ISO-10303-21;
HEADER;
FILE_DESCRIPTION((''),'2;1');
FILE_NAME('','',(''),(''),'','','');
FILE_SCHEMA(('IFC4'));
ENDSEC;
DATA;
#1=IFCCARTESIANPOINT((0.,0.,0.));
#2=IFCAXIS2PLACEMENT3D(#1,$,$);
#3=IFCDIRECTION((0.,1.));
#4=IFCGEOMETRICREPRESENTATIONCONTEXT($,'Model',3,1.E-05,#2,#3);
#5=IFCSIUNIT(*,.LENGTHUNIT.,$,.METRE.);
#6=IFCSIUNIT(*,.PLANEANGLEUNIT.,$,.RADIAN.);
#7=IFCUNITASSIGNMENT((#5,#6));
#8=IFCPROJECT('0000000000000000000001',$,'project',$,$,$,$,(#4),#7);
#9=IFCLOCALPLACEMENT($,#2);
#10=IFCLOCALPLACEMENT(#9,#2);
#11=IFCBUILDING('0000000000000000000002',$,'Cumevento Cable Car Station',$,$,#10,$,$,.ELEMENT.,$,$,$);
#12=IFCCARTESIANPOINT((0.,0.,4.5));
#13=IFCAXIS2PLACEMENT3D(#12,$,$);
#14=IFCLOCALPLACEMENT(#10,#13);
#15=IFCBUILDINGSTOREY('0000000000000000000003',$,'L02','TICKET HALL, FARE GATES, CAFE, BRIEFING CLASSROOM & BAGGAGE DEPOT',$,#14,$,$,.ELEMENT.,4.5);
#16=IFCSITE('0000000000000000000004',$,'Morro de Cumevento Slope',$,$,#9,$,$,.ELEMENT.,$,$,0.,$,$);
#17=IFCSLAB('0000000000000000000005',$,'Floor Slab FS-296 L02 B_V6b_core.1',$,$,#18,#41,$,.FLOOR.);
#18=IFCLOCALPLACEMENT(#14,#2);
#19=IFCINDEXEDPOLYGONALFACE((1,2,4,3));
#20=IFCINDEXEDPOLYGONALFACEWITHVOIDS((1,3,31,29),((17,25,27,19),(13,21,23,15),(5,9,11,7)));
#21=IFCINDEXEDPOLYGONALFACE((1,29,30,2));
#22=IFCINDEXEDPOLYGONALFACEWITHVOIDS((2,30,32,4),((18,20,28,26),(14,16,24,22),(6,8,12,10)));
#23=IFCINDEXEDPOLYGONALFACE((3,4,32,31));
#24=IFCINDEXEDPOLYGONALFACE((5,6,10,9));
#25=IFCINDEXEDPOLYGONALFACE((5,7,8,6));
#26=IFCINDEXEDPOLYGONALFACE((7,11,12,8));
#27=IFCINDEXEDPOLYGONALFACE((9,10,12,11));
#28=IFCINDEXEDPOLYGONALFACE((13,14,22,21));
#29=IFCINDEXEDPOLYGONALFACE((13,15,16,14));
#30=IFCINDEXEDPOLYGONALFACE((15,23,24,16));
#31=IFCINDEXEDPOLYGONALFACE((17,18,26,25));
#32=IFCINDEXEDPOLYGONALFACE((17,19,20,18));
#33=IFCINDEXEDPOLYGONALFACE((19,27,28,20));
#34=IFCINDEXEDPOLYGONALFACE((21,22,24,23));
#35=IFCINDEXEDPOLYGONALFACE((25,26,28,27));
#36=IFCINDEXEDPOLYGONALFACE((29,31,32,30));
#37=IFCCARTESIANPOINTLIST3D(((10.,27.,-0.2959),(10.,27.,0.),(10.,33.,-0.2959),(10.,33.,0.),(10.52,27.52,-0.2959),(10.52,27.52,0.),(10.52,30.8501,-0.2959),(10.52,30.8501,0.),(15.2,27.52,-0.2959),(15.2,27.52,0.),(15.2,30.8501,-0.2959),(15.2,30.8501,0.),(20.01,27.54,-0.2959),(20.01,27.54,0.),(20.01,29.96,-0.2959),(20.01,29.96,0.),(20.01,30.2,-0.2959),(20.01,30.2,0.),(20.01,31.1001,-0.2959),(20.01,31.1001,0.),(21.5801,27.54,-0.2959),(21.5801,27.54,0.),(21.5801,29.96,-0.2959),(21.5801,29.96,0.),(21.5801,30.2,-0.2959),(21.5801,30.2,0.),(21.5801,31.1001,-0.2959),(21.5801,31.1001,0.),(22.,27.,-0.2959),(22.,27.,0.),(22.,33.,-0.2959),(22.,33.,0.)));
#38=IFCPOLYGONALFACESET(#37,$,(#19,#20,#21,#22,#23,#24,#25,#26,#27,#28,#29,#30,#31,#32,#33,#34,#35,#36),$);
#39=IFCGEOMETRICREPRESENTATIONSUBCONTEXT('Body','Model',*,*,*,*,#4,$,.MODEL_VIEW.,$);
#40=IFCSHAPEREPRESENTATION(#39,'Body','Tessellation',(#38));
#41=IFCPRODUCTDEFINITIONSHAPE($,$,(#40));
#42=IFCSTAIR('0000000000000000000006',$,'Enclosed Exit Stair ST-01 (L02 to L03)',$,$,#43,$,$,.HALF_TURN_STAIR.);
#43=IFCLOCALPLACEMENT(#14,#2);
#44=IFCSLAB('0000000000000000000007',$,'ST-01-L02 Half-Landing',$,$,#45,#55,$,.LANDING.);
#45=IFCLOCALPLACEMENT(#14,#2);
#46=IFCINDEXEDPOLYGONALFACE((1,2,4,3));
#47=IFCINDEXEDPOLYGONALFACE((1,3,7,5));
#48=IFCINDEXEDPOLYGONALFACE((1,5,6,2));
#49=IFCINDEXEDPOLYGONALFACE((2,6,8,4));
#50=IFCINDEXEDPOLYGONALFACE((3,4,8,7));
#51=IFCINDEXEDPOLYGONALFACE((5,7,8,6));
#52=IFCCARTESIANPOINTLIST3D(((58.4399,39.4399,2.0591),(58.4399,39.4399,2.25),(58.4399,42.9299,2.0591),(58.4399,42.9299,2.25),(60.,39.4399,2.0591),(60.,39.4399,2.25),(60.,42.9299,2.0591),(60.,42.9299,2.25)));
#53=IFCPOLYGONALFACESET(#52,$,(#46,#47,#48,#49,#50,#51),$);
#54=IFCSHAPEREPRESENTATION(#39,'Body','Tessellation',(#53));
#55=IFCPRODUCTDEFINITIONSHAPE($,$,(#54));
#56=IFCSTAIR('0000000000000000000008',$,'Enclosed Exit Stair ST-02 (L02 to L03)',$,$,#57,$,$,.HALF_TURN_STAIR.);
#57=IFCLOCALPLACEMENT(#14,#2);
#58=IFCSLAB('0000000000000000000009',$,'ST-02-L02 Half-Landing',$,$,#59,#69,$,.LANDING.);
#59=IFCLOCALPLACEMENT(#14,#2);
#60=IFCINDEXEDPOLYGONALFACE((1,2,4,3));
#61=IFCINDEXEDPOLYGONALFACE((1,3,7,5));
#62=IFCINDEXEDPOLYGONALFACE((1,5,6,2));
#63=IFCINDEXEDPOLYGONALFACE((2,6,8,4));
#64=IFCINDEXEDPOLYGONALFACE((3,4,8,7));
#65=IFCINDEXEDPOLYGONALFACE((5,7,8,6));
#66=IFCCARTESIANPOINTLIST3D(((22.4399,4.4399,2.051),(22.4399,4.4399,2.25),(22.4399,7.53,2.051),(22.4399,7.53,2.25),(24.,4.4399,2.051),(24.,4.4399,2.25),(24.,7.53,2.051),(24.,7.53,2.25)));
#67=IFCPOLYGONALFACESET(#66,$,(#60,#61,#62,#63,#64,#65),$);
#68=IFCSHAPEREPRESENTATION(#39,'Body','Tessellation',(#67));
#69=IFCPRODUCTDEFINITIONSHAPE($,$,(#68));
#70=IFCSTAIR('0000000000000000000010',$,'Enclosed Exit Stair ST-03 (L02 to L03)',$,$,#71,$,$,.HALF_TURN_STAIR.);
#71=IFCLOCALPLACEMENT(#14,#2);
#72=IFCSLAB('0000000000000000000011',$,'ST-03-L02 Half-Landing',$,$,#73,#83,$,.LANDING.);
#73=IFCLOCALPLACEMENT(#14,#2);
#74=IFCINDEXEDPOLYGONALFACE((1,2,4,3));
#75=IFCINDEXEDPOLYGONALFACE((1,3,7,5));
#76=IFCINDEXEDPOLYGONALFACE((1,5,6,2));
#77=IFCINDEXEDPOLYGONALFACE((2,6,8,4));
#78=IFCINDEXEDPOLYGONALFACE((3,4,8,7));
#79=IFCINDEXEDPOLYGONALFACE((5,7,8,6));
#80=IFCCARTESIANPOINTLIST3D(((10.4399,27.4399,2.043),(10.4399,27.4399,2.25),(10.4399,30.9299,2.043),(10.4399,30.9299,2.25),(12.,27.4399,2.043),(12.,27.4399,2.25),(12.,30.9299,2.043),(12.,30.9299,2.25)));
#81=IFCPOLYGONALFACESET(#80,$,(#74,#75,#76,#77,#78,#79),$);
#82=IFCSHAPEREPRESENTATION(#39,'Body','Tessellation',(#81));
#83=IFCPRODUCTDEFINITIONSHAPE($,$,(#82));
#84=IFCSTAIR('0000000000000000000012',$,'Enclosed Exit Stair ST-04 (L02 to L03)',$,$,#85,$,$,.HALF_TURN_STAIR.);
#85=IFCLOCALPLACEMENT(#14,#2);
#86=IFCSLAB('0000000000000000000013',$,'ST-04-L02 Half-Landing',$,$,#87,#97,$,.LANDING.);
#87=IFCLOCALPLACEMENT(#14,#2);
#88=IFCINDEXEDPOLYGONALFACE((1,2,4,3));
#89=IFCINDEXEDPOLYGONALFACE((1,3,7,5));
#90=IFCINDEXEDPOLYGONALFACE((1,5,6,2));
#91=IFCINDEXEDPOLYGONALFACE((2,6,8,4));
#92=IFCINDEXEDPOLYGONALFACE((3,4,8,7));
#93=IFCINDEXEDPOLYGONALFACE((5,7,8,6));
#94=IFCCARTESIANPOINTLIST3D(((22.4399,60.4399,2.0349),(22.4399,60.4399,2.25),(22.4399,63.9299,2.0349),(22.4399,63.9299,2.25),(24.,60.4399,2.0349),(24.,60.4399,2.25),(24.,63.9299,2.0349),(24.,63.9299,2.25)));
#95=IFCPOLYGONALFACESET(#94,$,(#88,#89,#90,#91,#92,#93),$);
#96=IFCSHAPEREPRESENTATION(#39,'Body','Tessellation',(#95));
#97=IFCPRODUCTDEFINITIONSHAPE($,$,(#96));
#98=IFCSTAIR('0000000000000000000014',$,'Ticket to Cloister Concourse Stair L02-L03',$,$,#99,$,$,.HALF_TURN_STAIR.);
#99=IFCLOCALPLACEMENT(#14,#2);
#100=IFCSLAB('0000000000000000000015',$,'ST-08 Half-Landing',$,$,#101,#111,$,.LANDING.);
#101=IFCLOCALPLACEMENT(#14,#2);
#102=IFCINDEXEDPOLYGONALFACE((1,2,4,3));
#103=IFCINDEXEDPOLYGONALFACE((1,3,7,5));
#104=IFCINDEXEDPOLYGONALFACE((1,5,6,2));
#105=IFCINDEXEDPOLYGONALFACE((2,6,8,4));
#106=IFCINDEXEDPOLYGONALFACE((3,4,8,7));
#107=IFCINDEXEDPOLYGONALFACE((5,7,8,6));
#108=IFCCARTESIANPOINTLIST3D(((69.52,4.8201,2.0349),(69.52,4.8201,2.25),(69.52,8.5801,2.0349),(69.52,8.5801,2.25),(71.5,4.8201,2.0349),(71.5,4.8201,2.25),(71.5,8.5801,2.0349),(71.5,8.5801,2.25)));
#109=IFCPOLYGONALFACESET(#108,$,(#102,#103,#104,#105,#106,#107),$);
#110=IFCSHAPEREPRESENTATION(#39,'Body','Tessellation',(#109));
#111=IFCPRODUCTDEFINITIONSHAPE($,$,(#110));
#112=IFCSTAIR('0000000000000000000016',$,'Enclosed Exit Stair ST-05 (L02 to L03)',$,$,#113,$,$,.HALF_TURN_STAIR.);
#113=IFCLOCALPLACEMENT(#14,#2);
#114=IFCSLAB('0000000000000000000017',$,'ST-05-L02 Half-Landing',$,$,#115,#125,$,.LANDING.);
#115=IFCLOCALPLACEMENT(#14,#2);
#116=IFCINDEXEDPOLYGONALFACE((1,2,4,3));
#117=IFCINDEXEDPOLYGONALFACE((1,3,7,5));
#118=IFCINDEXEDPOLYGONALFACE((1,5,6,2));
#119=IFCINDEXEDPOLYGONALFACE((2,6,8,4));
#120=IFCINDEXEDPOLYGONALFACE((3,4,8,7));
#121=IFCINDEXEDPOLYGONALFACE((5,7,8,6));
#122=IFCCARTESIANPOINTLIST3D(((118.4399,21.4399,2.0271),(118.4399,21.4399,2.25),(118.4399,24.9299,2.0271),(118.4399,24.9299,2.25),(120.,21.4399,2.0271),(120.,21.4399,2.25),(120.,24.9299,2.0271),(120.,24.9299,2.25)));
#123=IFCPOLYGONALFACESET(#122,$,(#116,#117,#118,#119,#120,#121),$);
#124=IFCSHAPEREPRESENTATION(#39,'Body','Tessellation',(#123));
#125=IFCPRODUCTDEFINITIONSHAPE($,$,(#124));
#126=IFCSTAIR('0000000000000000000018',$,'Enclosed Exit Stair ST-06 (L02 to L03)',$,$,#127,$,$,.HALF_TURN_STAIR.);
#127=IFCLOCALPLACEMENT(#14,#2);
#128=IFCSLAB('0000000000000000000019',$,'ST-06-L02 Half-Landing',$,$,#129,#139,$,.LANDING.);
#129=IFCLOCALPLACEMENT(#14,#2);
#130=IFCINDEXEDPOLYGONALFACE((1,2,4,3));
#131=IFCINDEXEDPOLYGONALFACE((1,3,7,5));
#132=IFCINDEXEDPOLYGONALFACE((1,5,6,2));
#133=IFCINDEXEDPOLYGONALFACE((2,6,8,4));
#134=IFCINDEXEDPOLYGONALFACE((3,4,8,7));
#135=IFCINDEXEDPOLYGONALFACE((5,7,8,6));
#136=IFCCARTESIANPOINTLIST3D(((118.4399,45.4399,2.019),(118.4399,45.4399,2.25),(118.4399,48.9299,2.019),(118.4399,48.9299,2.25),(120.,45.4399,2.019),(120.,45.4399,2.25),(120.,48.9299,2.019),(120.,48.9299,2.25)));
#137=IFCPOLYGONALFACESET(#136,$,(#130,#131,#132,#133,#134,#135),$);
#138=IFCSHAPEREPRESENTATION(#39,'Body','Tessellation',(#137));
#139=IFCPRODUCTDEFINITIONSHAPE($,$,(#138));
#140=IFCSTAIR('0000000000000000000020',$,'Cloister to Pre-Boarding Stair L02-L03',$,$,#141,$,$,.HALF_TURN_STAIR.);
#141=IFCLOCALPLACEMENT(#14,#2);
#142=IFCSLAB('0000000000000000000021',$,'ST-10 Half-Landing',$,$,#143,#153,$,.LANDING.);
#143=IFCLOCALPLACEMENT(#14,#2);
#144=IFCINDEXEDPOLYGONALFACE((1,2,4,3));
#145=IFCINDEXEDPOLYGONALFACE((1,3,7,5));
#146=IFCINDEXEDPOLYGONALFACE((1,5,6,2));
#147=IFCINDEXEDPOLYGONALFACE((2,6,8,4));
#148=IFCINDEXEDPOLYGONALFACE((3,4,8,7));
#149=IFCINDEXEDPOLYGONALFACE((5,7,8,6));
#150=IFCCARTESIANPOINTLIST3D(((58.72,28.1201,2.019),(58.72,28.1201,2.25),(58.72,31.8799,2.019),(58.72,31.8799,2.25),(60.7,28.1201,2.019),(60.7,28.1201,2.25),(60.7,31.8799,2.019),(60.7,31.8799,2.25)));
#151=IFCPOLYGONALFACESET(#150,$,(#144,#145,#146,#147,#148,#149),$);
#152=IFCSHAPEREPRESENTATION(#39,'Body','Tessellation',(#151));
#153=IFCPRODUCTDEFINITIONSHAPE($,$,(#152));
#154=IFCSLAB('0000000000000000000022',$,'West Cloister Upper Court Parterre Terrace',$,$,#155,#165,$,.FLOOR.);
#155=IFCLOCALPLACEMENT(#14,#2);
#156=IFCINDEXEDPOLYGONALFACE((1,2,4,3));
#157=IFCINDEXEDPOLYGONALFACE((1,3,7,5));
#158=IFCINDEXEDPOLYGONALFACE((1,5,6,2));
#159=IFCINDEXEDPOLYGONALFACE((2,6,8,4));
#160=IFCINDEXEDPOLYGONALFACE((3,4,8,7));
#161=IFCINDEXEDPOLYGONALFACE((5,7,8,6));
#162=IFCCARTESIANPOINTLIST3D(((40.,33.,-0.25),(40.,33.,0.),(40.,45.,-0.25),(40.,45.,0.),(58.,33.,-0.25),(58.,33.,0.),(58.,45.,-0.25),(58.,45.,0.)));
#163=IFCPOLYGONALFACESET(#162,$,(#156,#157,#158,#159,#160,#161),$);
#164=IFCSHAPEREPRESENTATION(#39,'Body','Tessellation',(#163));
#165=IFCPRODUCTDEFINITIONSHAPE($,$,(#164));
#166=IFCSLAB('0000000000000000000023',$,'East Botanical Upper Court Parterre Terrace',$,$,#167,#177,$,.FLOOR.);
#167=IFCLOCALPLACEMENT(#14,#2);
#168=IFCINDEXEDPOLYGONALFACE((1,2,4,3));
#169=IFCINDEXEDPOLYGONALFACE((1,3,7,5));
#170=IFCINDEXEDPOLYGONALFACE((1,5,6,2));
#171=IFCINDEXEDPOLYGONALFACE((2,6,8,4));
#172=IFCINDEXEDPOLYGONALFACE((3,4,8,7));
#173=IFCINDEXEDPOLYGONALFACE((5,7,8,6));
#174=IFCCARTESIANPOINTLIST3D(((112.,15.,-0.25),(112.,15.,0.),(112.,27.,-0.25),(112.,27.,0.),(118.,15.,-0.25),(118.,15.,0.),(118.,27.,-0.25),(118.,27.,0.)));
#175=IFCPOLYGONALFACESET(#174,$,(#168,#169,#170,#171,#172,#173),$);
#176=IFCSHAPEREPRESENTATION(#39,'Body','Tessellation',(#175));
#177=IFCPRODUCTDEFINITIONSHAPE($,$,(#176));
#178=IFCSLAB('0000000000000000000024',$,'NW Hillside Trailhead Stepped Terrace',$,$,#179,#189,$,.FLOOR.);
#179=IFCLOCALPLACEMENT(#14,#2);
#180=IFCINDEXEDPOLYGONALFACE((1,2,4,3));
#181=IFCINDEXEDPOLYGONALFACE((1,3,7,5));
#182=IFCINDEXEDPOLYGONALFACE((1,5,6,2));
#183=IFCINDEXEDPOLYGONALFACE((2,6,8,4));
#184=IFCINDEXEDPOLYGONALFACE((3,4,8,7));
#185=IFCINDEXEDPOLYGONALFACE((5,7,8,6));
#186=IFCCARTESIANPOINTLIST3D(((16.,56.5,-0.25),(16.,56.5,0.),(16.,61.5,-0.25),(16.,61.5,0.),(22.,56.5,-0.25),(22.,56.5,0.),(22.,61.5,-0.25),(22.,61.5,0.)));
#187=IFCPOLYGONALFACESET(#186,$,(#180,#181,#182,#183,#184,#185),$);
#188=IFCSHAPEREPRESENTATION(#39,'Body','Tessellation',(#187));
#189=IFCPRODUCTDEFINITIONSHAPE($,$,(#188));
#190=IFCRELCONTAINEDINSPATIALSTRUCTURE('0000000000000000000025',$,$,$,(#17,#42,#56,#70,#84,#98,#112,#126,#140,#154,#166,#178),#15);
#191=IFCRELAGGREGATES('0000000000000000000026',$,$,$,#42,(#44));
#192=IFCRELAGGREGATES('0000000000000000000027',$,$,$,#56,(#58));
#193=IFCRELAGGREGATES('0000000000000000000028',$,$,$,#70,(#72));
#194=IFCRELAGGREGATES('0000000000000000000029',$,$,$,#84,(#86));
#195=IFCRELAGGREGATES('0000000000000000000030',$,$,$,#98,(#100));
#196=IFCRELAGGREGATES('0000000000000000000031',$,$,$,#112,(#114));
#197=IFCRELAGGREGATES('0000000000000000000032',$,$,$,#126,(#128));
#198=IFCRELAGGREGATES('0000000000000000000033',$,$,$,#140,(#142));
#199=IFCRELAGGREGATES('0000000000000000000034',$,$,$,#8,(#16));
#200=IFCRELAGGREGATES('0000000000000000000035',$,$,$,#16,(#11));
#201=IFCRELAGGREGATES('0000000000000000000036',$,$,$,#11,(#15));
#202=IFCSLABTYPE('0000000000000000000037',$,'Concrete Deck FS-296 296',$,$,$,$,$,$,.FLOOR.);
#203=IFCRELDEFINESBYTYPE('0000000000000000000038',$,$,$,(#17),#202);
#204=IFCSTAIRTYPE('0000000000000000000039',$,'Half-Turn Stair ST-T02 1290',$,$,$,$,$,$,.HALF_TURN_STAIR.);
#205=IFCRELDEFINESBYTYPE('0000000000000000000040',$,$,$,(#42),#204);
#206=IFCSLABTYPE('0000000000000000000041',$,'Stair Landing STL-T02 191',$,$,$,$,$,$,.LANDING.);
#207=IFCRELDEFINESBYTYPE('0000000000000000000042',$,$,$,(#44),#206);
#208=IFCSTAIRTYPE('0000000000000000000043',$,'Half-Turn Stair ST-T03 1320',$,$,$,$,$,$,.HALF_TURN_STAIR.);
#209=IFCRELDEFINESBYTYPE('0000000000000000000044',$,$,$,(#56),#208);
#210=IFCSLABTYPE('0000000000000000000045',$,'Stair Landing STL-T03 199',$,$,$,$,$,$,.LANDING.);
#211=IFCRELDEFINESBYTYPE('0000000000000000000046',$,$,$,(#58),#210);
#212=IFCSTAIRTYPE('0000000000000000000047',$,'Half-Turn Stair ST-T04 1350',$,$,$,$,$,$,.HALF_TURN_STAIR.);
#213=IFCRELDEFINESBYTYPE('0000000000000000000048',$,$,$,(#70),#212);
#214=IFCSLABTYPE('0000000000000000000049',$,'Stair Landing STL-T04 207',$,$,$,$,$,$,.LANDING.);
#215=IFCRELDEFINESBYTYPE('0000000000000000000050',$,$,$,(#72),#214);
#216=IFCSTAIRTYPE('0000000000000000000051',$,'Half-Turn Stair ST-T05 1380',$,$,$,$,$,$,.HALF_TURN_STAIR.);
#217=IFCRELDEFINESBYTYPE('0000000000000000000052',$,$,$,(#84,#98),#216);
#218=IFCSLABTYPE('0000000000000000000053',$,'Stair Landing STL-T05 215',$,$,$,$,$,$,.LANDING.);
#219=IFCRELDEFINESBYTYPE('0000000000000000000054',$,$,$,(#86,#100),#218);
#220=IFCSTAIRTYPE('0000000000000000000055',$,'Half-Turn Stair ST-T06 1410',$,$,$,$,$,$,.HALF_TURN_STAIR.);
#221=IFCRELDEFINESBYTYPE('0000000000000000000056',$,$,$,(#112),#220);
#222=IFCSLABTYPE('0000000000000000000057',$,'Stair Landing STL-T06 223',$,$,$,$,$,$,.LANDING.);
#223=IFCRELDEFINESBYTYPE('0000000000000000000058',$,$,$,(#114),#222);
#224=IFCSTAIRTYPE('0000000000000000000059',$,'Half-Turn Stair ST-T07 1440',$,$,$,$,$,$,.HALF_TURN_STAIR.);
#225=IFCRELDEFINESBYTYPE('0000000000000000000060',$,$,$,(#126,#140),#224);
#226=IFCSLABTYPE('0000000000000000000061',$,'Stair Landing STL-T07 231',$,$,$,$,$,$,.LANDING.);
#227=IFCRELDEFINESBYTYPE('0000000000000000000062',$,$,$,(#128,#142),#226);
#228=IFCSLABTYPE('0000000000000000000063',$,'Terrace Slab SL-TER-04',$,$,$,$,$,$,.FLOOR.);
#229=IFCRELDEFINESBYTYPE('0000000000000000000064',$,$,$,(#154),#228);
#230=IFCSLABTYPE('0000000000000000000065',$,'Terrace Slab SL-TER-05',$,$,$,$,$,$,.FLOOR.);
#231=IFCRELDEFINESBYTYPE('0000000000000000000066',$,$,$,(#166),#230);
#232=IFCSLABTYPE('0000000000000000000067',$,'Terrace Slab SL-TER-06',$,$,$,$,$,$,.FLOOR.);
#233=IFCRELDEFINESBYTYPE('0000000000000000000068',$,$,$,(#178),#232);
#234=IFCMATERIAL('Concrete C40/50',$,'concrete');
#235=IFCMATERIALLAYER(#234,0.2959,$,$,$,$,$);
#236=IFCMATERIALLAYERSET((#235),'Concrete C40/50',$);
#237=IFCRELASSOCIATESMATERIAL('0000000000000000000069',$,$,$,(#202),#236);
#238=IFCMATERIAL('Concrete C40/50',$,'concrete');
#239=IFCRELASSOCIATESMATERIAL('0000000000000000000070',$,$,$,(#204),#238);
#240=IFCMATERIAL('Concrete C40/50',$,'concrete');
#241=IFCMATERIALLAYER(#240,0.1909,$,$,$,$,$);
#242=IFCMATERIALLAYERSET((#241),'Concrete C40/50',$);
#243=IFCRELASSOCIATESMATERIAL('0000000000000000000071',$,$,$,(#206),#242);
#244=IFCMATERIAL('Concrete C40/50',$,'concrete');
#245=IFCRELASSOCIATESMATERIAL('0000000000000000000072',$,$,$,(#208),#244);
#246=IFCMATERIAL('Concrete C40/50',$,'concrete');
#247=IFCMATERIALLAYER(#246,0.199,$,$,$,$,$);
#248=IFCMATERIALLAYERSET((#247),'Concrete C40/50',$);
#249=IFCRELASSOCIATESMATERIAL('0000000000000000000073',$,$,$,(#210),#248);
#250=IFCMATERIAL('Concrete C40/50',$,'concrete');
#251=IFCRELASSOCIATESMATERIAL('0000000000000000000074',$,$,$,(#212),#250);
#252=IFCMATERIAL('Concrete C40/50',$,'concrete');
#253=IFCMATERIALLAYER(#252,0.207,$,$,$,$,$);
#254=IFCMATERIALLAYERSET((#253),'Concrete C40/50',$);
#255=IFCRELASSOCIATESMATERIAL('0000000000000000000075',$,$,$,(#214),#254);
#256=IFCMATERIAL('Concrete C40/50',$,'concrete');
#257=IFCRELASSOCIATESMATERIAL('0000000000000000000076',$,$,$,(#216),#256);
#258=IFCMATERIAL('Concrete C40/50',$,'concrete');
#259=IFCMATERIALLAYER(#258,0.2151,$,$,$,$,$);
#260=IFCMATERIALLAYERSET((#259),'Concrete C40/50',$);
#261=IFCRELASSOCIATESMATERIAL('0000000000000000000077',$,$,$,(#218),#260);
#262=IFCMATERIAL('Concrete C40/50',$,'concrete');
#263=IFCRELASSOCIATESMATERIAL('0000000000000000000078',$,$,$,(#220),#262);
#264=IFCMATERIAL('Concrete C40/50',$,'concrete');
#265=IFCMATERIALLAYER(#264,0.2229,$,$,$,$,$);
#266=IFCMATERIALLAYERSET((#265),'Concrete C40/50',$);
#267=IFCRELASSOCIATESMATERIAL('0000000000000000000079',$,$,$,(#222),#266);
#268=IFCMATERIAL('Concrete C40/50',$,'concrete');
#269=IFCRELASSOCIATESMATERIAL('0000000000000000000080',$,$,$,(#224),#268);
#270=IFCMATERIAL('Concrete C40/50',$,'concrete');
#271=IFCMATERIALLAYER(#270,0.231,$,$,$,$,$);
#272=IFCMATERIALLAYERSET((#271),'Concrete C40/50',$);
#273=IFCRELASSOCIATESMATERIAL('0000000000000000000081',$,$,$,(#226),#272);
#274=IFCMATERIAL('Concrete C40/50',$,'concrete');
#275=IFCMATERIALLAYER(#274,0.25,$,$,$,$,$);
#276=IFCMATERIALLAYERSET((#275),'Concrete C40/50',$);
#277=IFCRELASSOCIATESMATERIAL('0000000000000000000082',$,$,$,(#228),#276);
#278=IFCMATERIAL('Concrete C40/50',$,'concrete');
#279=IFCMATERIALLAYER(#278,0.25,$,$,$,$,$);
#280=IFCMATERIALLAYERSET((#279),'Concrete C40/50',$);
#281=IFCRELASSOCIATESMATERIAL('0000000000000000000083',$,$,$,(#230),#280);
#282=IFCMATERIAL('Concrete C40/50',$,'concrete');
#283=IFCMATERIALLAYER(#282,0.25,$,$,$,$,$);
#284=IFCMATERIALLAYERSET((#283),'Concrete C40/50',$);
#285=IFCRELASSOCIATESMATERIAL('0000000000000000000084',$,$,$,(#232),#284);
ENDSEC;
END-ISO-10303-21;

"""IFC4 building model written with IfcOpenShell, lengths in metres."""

from ifc_helpers import new_model, si_unit, direction, frame, origin, place, context, subcontext, project, spatial, polyline, outline, extrude, material, layer, layer_set, type_object, element, aggregate, save


model = new_model("IFC4")

# Units and contexts
model_context = context("Model", 3, precision=1e-05, world=origin(), true_north=direction((0.0, 1.0)))
body_context = subcontext(model_context, "Body", "Model", "MODEL_VIEW")
ifc_project = project(units=[si_unit("LENGTHUNIT", "METRE"), si_unit("PLANEANGLEUNIT", "RADIAN")], contexts=[model_context])

# Site, building, storey
site_placement = place(None, origin())
site = spatial("IfcSite", under=ifc_project, at=site_placement, Name="Morro de Cumevento Slope", CompositionType="ELEMENT", RefElevation=0.0)
building_placement = place(site_placement, origin())
building = spatial("IfcBuilding", under=site, at=building_placement, Name="Cumevento Cable Car Station", CompositionType="ELEMENT")
storey_placement = place(building_placement, frame((0.0, 0.0, 4.5)))
storey = spatial("IfcBuildingStorey", under=building, at=storey_placement, Name="L02", Description="TICKET HALL, FARE GATES, CAFE, BRIEFING CLASSROOM & BAGGAGE DEPOT", CompositionType="ELEMENT", Elevation=4.5)

# Slab
ifc_material_1 = material(Name="Concrete C40/50", Category="concrete")
ifc_layer_1 = layer(ifc_material_1, 0.2959)
ifc_layer_set_1 = layer_set([ifc_layer_1], Name="Concrete C40/50")
slab_type_1 = type_object("IfcSlabType", Name="Concrete Deck FS-296 296", PredefinedType="FLOOR", material=ifc_layer_set_1)
slab_1_placement = place(storey_placement, frame((0.0, 0.0, -0.2959)))
element("IfcSlab", 1, at=slab_1_placement, inside=storey, type_object=slab_type_1, Name="Floor Slab FS-296 L02 B_V6b_core.1", PredefinedType="FLOOR", context=body_context, shape_type="SweptSolid", body=[
    extrude(outline(polyline([(10.0, 27.0), (22.0, 27.0), (22.0, 33.0), (10.0, 33.0), (10.0, 27.0)]), holes=[polyline([(20.01, 27.54), (21.5801, 27.54), (21.5801, 29.96), (20.01, 29.96), (20.01, 27.54)]), polyline([(10.52, 27.52), (15.2, 27.52), (15.2, 30.8501), (10.52, 30.8501), (10.52, 27.52)]), polyline([(20.01, 30.2), (21.5801, 30.2), (21.5801, 31.1001), (20.01, 31.1001), (20.01, 30.2)])]), origin(), (0.0, 0.0, 1.0), 0.2959),
])

# Stairs, slabs
ifc_material_2 = material(Name="Concrete C40/50", Category="concrete")
stair_type_1 = type_object("IfcStairType", Name="Half-Turn Stair ST-T02 1290", PredefinedType="HALF_TURN_STAIR", material=ifc_material_2)
stair_1_placement = place(storey_placement, origin())
stair_1 = element("IfcStair", 2, at=stair_1_placement, inside=storey, type_object=stair_type_1, Name="Enclosed Exit Stair ST-01 (L02 to L03)", PredefinedType="HALF_TURN_STAIR")
ifc_material_3 = material(Name="Concrete C40/50", Category="concrete")
ifc_layer_2 = layer(ifc_material_3, 0.1909)
ifc_layer_set_2 = layer_set([ifc_layer_2], Name="Concrete C40/50")
slab_type_2 = type_object("IfcSlabType", Name="Stair Landing STL-T02 191", PredefinedType="LANDING", material=ifc_layer_set_2)
slab_2_placement = place(storey_placement, frame((0.0, 0.0, 2.0591)))
slab_2 = element("IfcSlab", 3, at=slab_2_placement, type_object=slab_type_2, Name="ST-01-L02 Half-Landing", PredefinedType="LANDING", context=body_context, shape_type="SweptSolid", body=[
    extrude(outline(polyline([(58.4399, 39.4399), (60.0, 39.4399), (60.0, 42.9299), (58.4399, 42.9299), (58.4399, 39.4399)])), origin(), (0.0, 0.0, 1.0), 0.1909),
])
aggregate(stair_1, [slab_2])
ifc_material_4 = material(Name="Concrete C40/50", Category="concrete")
stair_type_2 = type_object("IfcStairType", Name="Half-Turn Stair ST-T03 1320", PredefinedType="HALF_TURN_STAIR", material=ifc_material_4)
stair_2_placement = place(storey_placement, origin())
stair_2 = element("IfcStair", 4, at=stair_2_placement, inside=storey, type_object=stair_type_2, Name="Enclosed Exit Stair ST-02 (L02 to L03)", PredefinedType="HALF_TURN_STAIR")
ifc_material_5 = material(Name="Concrete C40/50", Category="concrete")
ifc_layer_3 = layer(ifc_material_5, 0.199)
ifc_layer_set_3 = layer_set([ifc_layer_3], Name="Concrete C40/50")
slab_type_3 = type_object("IfcSlabType", Name="Stair Landing STL-T03 199", PredefinedType="LANDING", material=ifc_layer_set_3)
slab_3_placement = place(storey_placement, frame((0.0, 0.0, 2.051)))
slab_3 = element("IfcSlab", 5, at=slab_3_placement, type_object=slab_type_3, Name="ST-02-L02 Half-Landing", PredefinedType="LANDING", context=body_context, shape_type="SweptSolid", body=[
    extrude(outline(polyline([(22.4399, 4.4399), (24.0, 4.4399), (24.0, 7.53), (22.4399, 7.53), (22.4399, 4.4399)])), origin(), (0.0, 0.0, 1.0), 0.199),
])
aggregate(stair_2, [slab_3])
ifc_material_6 = material(Name="Concrete C40/50", Category="concrete")
stair_type_3 = type_object("IfcStairType", Name="Half-Turn Stair ST-T04 1350", PredefinedType="HALF_TURN_STAIR", material=ifc_material_6)
stair_3_placement = place(storey_placement, origin())
stair_3 = element("IfcStair", 6, at=stair_3_placement, inside=storey, type_object=stair_type_3, Name="Enclosed Exit Stair ST-03 (L02 to L03)", PredefinedType="HALF_TURN_STAIR")
ifc_material_7 = material(Name="Concrete C40/50", Category="concrete")
ifc_layer_4 = layer(ifc_material_7, 0.207)
ifc_layer_set_4 = layer_set([ifc_layer_4], Name="Concrete C40/50")
slab_type_4 = type_object("IfcSlabType", Name="Stair Landing STL-T04 207", PredefinedType="LANDING", material=ifc_layer_set_4)
slab_4_placement = place(storey_placement, frame((0.0, 0.0, 2.043)))
slab_4 = element("IfcSlab", 7, at=slab_4_placement, type_object=slab_type_4, Name="ST-03-L02 Half-Landing", PredefinedType="LANDING", context=body_context, shape_type="SweptSolid", body=[
    extrude(outline(polyline([(10.4399, 27.4399), (12.0, 27.4399), (12.0, 30.9299), (10.4399, 30.9299), (10.4399, 27.4399)])), origin(), (0.0, 0.0, 1.0), 0.207),
])
aggregate(stair_3, [slab_4])
ifc_material_8 = material(Name="Concrete C40/50", Category="concrete")
stair_type_4 = type_object("IfcStairType", Name="Half-Turn Stair ST-T05 1380", PredefinedType="HALF_TURN_STAIR", material=ifc_material_8)
stair_4_placement = place(storey_placement, origin())
stair_4 = element("IfcStair", 8, at=stair_4_placement, inside=storey, type_object=stair_type_4, Name="Enclosed Exit Stair ST-04 (L02 to L03)", PredefinedType="HALF_TURN_STAIR")
ifc_material_9 = material(Name="Concrete C40/50", Category="concrete")
ifc_layer_5 = layer(ifc_material_9, 0.2151)
ifc_layer_set_5 = layer_set([ifc_layer_5], Name="Concrete C40/50")
slab_type_5 = type_object("IfcSlabType", Name="Stair Landing STL-T05 215", PredefinedType="LANDING", material=ifc_layer_set_5)
slab_5_placement = place(storey_placement, frame((0.0, 0.0, 2.0349)))
slab_5 = element("IfcSlab", 9, at=slab_5_placement, type_object=slab_type_5, Name="ST-04-L02 Half-Landing", PredefinedType="LANDING", context=body_context, shape_type="SweptSolid", body=[
    extrude(outline(polyline([(22.4399, 60.4399), (24.0, 60.4399), (24.0, 63.9299), (22.4399, 63.9299), (22.4399, 60.4399)])), origin(), (0.0, 0.0, 1.0), 0.2151),
])
aggregate(stair_4, [slab_5])
stair_5_placement = place(storey_placement, origin())
stair_5 = element("IfcStair", 10, at=stair_5_placement, inside=storey, type_object=stair_type_4, Name="Ticket to Cloister Concourse Stair L02-L03", PredefinedType="HALF_TURN_STAIR")
slab_6_placement = place(storey_placement, frame((0.0, 0.0, 2.0349)))
slab_6 = element("IfcSlab", 11, at=slab_6_placement, type_object=slab_type_5, Name="ST-08 Half-Landing", PredefinedType="LANDING", context=body_context, shape_type="SweptSolid", body=[
    extrude(outline(polyline([(69.52, 4.8201), (71.5, 4.8201), (71.5, 8.5801), (69.52, 8.5801), (69.52, 4.8201)])), origin(), (0.0, 0.0, 1.0), 0.2151),
])
aggregate(stair_5, [slab_6])
ifc_material_10 = material(Name="Concrete C40/50", Category="concrete")
stair_type_5 = type_object("IfcStairType", Name="Half-Turn Stair ST-T06 1410", PredefinedType="HALF_TURN_STAIR", material=ifc_material_10)
stair_6_placement = place(storey_placement, origin())
stair_6 = element("IfcStair", 12, at=stair_6_placement, inside=storey, type_object=stair_type_5, Name="Enclosed Exit Stair ST-05 (L02 to L03)", PredefinedType="HALF_TURN_STAIR")
ifc_material_11 = material(Name="Concrete C40/50", Category="concrete")
ifc_layer_6 = layer(ifc_material_11, 0.2229)
ifc_layer_set_6 = layer_set([ifc_layer_6], Name="Concrete C40/50")
slab_type_6 = type_object("IfcSlabType", Name="Stair Landing STL-T06 223", PredefinedType="LANDING", material=ifc_layer_set_6)
slab_7_placement = place(storey_placement, frame((0.0, 0.0, 2.0271)))
slab_7 = element("IfcSlab", 13, at=slab_7_placement, type_object=slab_type_6, Name="ST-05-L02 Half-Landing", PredefinedType="LANDING", context=body_context, shape_type="SweptSolid", body=[
    extrude(outline(polyline([(118.4399, 21.4399), (120.0, 21.4399), (120.0, 24.9299), (118.4399, 24.9299), (118.4399, 21.4399)])), origin(), (0.0, 0.0, 1.0), 0.2229),
])
aggregate(stair_6, [slab_7])
ifc_material_12 = material(Name="Concrete C40/50", Category="concrete")
stair_type_6 = type_object("IfcStairType", Name="Half-Turn Stair ST-T07 1440", PredefinedType="HALF_TURN_STAIR", material=ifc_material_12)
stair_7_placement = place(storey_placement, origin())
stair_7 = element("IfcStair", 14, at=stair_7_placement, inside=storey, type_object=stair_type_6, Name="Enclosed Exit Stair ST-06 (L02 to L03)", PredefinedType="HALF_TURN_STAIR")
ifc_material_13 = material(Name="Concrete C40/50", Category="concrete")
ifc_layer_7 = layer(ifc_material_13, 0.231)
ifc_layer_set_7 = layer_set([ifc_layer_7], Name="Concrete C40/50")
slab_type_7 = type_object("IfcSlabType", Name="Stair Landing STL-T07 231", PredefinedType="LANDING", material=ifc_layer_set_7)
slab_8_placement = place(storey_placement, frame((0.0, 0.0, 2.019)))
slab_8 = element("IfcSlab", 15, at=slab_8_placement, type_object=slab_type_7, Name="ST-06-L02 Half-Landing", PredefinedType="LANDING", context=body_context, shape_type="SweptSolid", body=[
    extrude(outline(polyline([(118.4399, 45.4399), (120.0, 45.4399), (120.0, 48.9299), (118.4399, 48.9299), (118.4399, 45.4399)])), origin(), (0.0, 0.0, 1.0), 0.231),
])
aggregate(stair_7, [slab_8])
stair_8_placement = place(storey_placement, origin())
stair_8 = element("IfcStair", 16, at=stair_8_placement, inside=storey, type_object=stair_type_6, Name="Cloister to Pre-Boarding Stair L02-L03", PredefinedType="HALF_TURN_STAIR")
slab_9_placement = place(storey_placement, frame((0.0, 0.0, 2.019)))
slab_9 = element("IfcSlab", 17, at=slab_9_placement, type_object=slab_type_7, Name="ST-10 Half-Landing", PredefinedType="LANDING", context=body_context, shape_type="SweptSolid", body=[
    extrude(outline(polyline([(58.72, 28.1201), (60.7, 28.1201), (60.7, 31.8799), (58.72, 31.8799), (58.72, 28.1201)])), origin(), (0.0, 0.0, 1.0), 0.231),
])
aggregate(stair_8, [slab_9])

# Slabs
ifc_material_14 = material(Name="Concrete C40/50", Category="concrete")
ifc_layer_8 = layer(ifc_material_14, 0.25)
ifc_layer_set_8 = layer_set([ifc_layer_8], Name="Concrete C40/50")
slab_type_8 = type_object("IfcSlabType", Name="Terrace Slab SL-TER-04", PredefinedType="FLOOR", material=ifc_layer_set_8)
slab_10_placement = place(storey_placement, frame((0.0, 0.0, -0.25)))
element("IfcSlab", 18, at=slab_10_placement, inside=storey, type_object=slab_type_8, Name="West Cloister Upper Court Parterre Terrace", PredefinedType="FLOOR", context=body_context, shape_type="SweptSolid", body=[
    extrude(outline(polyline([(40.0, 33.0), (58.0, 33.0), (58.0, 45.0), (40.0, 45.0), (40.0, 33.0)])), origin(), (0.0, 0.0, 1.0), 0.25),
])
ifc_material_15 = material(Name="Concrete C40/50", Category="concrete")
ifc_layer_9 = layer(ifc_material_15, 0.25)
ifc_layer_set_9 = layer_set([ifc_layer_9], Name="Concrete C40/50")
slab_type_9 = type_object("IfcSlabType", Name="Terrace Slab SL-TER-05", PredefinedType="FLOOR", material=ifc_layer_set_9)
slab_11_placement = place(storey_placement, frame((0.0, 0.0, -0.25)))
element("IfcSlab", 19, at=slab_11_placement, inside=storey, type_object=slab_type_9, Name="East Botanical Upper Court Parterre Terrace", PredefinedType="FLOOR", context=body_context, shape_type="SweptSolid", body=[
    extrude(outline(polyline([(112.0, 15.0), (118.0, 15.0), (118.0, 27.0), (112.0, 27.0), (112.0, 15.0)])), origin(), (0.0, 0.0, 1.0), 0.25),
])
ifc_material_16 = material(Name="Concrete C40/50", Category="concrete")
ifc_layer_10 = layer(ifc_material_16, 0.25)
ifc_layer_set_10 = layer_set([ifc_layer_10], Name="Concrete C40/50")
slab_type_10 = type_object("IfcSlabType", Name="Terrace Slab SL-TER-06", PredefinedType="FLOOR", material=ifc_layer_set_10)
slab_12_placement = place(storey_placement, frame((0.0, 0.0, -0.25)))
element("IfcSlab", 20, at=slab_12_placement, inside=storey, type_object=slab_type_10, Name="NW Hillside Trailhead Stepped Terrace", PredefinedType="FLOOR", context=body_context, shape_type="SweptSolid", body=[
    extrude(outline(polyline([(16.0, 56.5), (22.0, 56.5), (22.0, 61.5), (16.0, 61.5), (16.0, 56.5)])), origin(), (0.0, 0.0, 1.0), 0.25),
])

save(model, "model.ifc")
